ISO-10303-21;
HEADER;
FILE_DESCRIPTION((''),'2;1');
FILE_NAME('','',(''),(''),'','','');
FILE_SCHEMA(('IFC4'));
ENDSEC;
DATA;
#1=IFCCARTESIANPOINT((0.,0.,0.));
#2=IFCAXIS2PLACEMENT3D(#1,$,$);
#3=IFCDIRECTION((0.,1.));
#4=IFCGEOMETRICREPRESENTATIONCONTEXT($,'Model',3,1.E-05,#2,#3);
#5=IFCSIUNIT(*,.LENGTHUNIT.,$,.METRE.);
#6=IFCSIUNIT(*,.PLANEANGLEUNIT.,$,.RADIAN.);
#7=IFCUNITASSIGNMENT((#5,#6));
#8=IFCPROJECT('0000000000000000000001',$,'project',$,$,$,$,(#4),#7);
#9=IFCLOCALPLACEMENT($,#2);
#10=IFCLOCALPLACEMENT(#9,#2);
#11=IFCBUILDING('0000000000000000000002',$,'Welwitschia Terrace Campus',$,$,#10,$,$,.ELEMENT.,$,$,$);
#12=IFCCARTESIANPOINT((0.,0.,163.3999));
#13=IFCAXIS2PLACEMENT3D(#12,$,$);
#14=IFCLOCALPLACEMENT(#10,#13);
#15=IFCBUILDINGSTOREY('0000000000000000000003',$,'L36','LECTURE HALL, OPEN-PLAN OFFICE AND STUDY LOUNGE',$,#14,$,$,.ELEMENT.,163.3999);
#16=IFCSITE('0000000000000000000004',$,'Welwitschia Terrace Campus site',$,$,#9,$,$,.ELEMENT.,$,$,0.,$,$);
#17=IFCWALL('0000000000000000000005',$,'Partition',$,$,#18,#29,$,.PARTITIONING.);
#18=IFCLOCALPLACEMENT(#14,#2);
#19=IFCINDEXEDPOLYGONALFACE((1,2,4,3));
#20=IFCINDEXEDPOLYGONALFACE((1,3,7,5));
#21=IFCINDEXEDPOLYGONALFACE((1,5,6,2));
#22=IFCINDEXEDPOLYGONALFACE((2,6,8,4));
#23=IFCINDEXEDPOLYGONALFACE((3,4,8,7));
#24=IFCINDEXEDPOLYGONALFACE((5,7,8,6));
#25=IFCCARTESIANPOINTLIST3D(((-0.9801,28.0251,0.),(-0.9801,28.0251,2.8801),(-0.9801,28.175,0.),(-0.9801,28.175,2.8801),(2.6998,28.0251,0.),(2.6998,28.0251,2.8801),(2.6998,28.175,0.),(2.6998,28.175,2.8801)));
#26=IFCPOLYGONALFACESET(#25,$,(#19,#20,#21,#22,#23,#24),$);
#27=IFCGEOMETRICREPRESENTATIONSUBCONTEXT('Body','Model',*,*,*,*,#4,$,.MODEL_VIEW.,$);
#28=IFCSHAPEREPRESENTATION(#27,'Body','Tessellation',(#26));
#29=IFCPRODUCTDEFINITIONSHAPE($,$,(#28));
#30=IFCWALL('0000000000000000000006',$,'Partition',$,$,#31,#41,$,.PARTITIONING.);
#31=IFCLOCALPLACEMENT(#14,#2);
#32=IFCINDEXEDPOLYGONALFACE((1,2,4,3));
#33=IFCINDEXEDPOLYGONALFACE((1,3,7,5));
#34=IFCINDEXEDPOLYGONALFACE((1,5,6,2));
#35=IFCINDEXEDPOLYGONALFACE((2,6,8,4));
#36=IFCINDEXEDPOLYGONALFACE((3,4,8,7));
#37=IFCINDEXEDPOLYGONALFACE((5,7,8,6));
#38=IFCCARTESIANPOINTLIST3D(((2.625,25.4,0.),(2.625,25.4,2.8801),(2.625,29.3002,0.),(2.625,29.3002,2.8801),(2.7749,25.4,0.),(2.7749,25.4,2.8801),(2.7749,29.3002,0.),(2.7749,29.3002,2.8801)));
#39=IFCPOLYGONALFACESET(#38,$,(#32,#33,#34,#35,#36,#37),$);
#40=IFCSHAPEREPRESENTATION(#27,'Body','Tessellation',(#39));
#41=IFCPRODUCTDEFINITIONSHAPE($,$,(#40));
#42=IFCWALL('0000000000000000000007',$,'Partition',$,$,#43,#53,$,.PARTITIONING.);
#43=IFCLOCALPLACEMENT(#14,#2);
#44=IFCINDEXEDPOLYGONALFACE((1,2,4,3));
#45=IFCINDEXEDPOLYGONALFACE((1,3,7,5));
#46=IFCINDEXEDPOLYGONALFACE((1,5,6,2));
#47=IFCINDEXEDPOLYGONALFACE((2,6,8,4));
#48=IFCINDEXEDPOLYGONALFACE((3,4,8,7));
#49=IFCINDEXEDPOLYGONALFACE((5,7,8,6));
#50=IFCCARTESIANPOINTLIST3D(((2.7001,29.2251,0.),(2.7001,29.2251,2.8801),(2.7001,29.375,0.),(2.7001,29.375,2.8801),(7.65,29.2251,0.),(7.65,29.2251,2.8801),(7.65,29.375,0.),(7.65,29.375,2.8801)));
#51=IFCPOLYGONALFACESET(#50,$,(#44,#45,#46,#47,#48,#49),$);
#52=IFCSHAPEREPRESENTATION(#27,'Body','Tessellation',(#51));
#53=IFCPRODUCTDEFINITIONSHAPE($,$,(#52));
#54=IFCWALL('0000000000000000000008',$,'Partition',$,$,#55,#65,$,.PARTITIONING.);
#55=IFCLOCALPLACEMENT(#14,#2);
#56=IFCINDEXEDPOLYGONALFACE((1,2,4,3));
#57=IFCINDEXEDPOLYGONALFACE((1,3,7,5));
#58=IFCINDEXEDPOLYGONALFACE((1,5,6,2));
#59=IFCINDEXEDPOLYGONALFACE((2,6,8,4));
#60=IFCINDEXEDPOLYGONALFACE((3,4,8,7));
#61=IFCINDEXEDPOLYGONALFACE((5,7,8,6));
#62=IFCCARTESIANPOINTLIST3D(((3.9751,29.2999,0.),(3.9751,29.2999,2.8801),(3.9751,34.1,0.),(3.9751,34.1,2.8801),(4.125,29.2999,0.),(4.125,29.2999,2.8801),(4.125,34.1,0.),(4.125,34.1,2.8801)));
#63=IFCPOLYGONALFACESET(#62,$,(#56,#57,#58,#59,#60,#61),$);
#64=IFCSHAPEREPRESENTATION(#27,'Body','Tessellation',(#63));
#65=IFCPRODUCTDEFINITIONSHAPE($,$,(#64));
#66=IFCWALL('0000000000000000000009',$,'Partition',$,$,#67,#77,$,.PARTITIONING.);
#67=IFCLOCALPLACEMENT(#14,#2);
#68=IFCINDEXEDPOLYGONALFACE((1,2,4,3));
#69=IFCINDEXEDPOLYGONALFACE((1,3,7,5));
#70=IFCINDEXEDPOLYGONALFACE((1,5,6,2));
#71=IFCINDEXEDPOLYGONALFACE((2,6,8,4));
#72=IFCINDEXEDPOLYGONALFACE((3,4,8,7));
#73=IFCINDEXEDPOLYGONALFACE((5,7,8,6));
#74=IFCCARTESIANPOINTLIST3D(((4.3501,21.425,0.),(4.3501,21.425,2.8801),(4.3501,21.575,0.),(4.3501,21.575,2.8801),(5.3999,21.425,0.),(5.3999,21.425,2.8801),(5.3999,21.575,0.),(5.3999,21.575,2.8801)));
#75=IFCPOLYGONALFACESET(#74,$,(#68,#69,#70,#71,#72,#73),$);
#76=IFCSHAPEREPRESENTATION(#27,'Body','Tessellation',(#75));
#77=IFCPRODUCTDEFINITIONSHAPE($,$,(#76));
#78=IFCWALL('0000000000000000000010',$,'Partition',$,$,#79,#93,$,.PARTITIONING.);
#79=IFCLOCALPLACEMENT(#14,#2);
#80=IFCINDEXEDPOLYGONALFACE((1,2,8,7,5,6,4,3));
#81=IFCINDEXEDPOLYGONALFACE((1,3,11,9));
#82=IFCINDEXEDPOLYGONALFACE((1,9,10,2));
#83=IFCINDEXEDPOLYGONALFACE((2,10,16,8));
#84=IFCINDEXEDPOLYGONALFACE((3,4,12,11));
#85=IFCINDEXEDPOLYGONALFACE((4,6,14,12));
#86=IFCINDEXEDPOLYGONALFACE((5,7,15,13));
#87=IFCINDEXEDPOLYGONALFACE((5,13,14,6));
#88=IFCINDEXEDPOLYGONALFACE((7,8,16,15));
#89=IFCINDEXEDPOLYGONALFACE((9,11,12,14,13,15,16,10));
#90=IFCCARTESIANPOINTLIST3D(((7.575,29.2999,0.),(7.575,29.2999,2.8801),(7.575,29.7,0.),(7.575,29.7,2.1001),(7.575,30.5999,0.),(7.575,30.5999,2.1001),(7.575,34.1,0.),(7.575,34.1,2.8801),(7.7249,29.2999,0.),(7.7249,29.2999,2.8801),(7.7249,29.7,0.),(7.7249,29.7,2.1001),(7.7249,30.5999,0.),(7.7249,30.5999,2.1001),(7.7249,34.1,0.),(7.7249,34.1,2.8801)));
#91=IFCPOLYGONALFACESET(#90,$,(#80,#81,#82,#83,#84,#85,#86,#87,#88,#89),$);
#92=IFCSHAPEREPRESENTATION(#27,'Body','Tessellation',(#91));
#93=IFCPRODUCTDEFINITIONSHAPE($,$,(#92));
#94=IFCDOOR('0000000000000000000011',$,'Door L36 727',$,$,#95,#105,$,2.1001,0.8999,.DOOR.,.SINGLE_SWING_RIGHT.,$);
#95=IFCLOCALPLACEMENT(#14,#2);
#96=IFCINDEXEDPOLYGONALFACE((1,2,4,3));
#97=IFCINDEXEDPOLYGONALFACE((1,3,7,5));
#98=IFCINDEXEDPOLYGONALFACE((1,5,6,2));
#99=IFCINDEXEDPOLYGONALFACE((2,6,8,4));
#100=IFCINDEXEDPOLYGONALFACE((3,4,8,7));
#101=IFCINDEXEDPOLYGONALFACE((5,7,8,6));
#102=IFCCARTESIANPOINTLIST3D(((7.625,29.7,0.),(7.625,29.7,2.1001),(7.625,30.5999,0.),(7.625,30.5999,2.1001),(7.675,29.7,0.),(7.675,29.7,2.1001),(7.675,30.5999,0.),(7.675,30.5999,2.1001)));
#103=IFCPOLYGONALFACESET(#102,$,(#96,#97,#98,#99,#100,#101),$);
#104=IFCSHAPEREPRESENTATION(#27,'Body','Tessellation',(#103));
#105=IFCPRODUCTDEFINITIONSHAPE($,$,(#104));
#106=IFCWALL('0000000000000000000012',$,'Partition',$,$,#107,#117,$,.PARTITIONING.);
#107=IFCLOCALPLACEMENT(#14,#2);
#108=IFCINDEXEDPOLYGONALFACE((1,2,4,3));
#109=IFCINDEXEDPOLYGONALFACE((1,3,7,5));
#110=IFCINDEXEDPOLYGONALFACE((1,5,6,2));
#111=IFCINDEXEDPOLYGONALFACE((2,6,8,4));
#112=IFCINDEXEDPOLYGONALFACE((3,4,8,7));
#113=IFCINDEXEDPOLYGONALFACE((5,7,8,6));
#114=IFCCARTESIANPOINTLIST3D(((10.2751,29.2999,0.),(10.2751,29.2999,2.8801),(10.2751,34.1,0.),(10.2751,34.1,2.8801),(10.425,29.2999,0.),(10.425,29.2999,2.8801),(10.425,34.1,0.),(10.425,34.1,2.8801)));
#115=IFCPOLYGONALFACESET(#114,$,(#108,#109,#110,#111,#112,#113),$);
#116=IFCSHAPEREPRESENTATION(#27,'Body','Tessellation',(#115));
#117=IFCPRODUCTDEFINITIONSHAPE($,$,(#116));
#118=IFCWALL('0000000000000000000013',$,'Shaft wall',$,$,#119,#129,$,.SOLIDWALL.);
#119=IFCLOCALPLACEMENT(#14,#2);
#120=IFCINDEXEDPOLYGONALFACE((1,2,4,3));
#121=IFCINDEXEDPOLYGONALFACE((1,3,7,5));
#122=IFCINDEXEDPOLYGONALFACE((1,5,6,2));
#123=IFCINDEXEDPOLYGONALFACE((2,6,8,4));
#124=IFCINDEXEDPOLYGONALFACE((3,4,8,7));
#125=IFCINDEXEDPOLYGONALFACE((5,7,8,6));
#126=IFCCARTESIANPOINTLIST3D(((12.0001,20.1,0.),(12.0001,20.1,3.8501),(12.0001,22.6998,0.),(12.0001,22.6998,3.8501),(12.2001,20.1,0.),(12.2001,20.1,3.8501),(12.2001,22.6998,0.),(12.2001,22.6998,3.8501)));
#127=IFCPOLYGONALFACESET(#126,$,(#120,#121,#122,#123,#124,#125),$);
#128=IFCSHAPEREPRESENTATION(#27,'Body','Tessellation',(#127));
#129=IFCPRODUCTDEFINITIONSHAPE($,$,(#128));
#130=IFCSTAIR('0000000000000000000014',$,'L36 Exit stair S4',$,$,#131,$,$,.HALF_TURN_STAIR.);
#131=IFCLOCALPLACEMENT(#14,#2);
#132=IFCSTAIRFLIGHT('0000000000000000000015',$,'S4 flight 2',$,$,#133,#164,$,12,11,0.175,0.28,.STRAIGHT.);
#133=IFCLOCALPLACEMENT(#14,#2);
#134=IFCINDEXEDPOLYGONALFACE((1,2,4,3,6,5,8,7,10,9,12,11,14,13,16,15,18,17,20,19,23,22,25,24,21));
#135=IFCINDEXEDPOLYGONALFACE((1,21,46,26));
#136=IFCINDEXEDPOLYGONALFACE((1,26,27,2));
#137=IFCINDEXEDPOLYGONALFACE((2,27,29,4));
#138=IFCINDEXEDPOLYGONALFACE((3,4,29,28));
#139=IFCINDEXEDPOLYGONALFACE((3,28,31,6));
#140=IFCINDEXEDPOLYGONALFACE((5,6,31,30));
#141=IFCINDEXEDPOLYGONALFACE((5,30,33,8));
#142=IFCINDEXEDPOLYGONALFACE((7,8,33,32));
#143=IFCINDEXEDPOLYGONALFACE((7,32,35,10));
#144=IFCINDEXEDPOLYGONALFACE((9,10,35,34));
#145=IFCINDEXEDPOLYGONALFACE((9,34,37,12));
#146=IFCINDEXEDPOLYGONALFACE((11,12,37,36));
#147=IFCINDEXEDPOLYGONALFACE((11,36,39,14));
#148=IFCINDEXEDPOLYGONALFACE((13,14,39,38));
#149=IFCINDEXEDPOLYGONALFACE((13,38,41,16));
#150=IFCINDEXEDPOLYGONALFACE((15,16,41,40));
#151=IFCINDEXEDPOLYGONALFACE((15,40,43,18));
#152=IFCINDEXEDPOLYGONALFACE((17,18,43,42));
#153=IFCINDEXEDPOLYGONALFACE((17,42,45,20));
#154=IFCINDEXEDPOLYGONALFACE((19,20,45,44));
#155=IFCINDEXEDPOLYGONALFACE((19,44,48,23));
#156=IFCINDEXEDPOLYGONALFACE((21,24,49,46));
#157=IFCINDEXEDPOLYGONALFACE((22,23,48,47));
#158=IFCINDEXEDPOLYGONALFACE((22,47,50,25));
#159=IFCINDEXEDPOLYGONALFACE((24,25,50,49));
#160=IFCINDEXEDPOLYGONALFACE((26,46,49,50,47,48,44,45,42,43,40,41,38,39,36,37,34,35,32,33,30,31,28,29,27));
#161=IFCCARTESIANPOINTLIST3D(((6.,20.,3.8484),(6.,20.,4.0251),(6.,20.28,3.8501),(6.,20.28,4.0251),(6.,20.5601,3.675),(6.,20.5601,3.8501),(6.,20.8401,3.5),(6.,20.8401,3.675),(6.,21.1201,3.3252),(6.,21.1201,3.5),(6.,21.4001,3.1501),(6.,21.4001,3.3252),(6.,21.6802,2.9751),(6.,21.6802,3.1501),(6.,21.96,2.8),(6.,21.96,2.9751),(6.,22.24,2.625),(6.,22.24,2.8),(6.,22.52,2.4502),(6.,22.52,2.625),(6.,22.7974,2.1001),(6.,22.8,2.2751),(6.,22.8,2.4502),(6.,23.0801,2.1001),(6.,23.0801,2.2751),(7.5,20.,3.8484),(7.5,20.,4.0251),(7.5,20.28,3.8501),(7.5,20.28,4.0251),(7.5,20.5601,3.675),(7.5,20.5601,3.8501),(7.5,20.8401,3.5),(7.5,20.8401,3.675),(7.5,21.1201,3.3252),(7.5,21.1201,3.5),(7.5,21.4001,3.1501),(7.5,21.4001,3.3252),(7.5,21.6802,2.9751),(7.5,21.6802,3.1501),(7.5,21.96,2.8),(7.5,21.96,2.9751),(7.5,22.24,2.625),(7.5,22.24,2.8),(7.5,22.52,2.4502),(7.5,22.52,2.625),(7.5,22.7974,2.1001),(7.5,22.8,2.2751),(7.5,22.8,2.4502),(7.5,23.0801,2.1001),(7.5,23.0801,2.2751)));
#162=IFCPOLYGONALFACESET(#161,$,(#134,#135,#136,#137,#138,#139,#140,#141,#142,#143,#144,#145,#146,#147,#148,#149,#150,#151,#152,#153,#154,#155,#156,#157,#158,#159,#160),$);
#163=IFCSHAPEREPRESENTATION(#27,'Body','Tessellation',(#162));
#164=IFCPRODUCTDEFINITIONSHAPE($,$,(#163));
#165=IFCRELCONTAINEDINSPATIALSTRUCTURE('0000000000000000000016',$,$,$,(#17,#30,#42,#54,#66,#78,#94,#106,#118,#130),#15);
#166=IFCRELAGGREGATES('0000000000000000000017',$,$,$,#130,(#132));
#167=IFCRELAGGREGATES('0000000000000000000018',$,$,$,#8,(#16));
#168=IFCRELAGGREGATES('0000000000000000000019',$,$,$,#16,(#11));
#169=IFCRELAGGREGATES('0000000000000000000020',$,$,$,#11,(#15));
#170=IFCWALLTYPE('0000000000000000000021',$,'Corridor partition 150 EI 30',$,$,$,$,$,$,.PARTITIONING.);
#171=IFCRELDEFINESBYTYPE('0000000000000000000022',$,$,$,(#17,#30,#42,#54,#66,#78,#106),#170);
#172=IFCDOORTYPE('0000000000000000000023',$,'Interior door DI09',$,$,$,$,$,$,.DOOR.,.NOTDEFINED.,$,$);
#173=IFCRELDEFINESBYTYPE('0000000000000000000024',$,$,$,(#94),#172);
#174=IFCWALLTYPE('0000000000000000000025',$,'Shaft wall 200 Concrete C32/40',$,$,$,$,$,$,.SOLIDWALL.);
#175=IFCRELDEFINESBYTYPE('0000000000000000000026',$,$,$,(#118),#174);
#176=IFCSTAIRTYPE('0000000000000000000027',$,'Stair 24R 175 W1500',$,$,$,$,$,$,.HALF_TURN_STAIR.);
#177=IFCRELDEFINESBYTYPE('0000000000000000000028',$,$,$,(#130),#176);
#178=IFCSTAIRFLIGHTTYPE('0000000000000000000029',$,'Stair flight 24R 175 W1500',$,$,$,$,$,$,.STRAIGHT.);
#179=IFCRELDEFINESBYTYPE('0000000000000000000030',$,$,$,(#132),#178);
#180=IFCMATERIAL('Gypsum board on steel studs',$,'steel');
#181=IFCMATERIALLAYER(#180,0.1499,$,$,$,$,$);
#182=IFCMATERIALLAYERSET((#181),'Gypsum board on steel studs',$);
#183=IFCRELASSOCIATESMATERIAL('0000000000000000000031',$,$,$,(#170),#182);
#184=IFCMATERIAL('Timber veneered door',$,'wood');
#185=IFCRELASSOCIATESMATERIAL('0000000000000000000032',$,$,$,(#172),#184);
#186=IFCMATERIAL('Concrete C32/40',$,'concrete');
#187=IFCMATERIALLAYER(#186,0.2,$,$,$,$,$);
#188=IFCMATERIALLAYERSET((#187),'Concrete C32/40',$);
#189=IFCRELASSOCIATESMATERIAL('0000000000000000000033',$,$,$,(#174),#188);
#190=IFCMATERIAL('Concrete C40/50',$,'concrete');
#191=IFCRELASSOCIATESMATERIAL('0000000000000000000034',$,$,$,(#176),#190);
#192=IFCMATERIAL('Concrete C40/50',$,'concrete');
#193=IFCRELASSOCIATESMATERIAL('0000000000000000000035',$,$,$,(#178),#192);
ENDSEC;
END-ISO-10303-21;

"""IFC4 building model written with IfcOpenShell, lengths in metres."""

from ifc_helpers import new_model, si_unit, direction, frame, frame_2d, origin, place, context, subcontext, project, spatial, polyline, rectangle, outline, extrude, material, layer, layer_set, type_object, element, fill, aggregate, save


model = new_model("IFC4")

# Units and contexts
model_context = context("Model", 3, precision=1e-05, world=origin(), true_north=direction((0.0, 1.0)))
body_context = subcontext(model_context, "Body", "Model", "MODEL_VIEW")
ifc_project = project(units=[si_unit("LENGTHUNIT", "METRE"), si_unit("PLANEANGLEUNIT", "RADIAN")], contexts=[model_context])

# Site, building, storey
site_placement = place(None, origin())
site = spatial("IfcSite", under=ifc_project, at=site_placement, Name="Welwitschia Terrace Campus site", CompositionType="ELEMENT", RefElevation=0.0)
building_placement = place(site_placement, origin())
building = spatial("IfcBuilding", under=site, at=building_placement, Name="Welwitschia Terrace Campus", CompositionType="ELEMENT")
storey_placement = place(building_placement, frame((0.0, 0.0, 163.3999)))
storey = spatial("IfcBuildingStorey", under=building, at=storey_placement, Name="L36", Description="LECTURE HALL, OPEN-PLAN OFFICE AND STUDY LOUNGE", CompositionType="ELEMENT", Elevation=163.3999)

# Walls
ifc_material_1 = material(Name="Gypsum board on steel studs", Category="steel")
ifc_layer_1 = layer(ifc_material_1, 0.1499)
ifc_layer_set_1 = layer_set([ifc_layer_1], Name="Gypsum board on steel studs")
wall_type_1 = type_object("IfcWallType", Name="Corridor partition 150 EI 30", PredefinedType="PARTITIONING", material=ifc_layer_set_1)
wall_1_placement = place(storey_placement, frame((-0.98, 28.1001, 0.0), z_axis=(0.0, 0.0, 1.0), x_axis=(1.0, 0.0, 0.0)))
element("IfcWall", 1, at=wall_1_placement, inside=storey, type_object=wall_type_1, Name="Partition", PredefinedType="PARTITIONING", context=body_context, shape_type="SweptSolid", body=[
    extrude(rectangle(XDim=3.6799, YDim=0.1499, at=frame_2d((1.8398, 0.0))), origin(), (0.0, 0.0, 1.0), 2.8801),
])
wall_2_placement = place(storey_placement, frame((2.7, 25.3999, 0.0), z_axis=(0.0, 0.0, 1.0), x_axis=(0.0, 1.0, 0.0)))
element("IfcWall", 2, at=wall_2_placement, inside=storey, type_object=wall_type_1, Name="Partition", PredefinedType="PARTITIONING", context=body_context, shape_type="SweptSolid", body=[
    extrude(rectangle(XDim=3.9001, YDim=0.1499, at=frame_2d((1.9502, 0.0))), origin(), (0.0, 0.0, 1.0), 2.8801),
])
wall_3_placement = place(storey_placement, frame((2.7, 29.3, 0.0), z_axis=(0.0, 0.0, 1.0), x_axis=(1.0, 0.0, 0.0)))
element("IfcWall", 3, at=wall_3_placement, inside=storey, type_object=wall_type_1, Name="Partition", PredefinedType="PARTITIONING", context=body_context, shape_type="SweptSolid", body=[
    extrude(rectangle(XDim=4.95, YDim=0.1499, at=frame_2d((2.4751, 0.0))), origin(), (0.0, 0.0, 1.0), 2.8801),
])
wall_4_placement = place(storey_placement, frame((4.05, 29.3, 0.0), z_axis=(0.0, 0.0, 1.0), x_axis=(0.0, 1.0, 0.0)))
element("IfcWall", 4, at=wall_4_placement, inside=storey, type_object=wall_type_1, Name="Partition", PredefinedType="PARTITIONING", context=body_context, shape_type="SweptSolid", body=[
    extrude(rectangle(XDim=4.8, YDim=0.1499, at=frame_2d((2.3999, 0.0))), origin(), (0.0, 0.0, 1.0), 2.8801),
])
wall_5_placement = place(storey_placement, frame((4.3501, 21.5, 0.0), z_axis=(0.0, 0.0, 1.0), x_axis=(1.0, 0.0, 0.0)))
element("IfcWall", 5, at=wall_5_placement, inside=storey, type_object=wall_type_1, Name="Partition", PredefinedType="PARTITIONING", context=body_context, shape_type="SweptSolid", body=[
    extrude(rectangle(XDim=1.0498, YDim=0.1499, at=frame_2d((0.5249, 0.0))), origin(), (0.0, 0.0, 1.0), 2.8801),
])

# Wall, opening, door
wall_6_placement = place(storey_placement, frame((7.6499, 29.3, 0.0), z_axis=(0.0, 0.0, 1.0), x_axis=(0.0, 1.0, 0.0)))
wall_6 = element("IfcWall", 6, at=wall_6_placement, inside=storey, type_object=wall_type_1, Name="Partition", PredefinedType="PARTITIONING", context=body_context, shape_type="SweptSolid", body=[
    extrude(rectangle(XDim=4.8, YDim=0.1499, at=frame_2d((2.3999, 0.0))), origin(), (0.0, 0.0, 1.0), 2.8801),
])
opening_placement = place(wall_6_placement, frame((0.3999, 0.0, 0.0)))
opening = element("IfcOpeningElement", 7, at=opening_placement, cuts=wall_6, PredefinedType="OPENING", context=body_context, shape_type="SweptSolid", body=[
    extrude(rectangle(XDim=0.8999, YDim=2.1001, at=frame_2d((0.45, 1.05))), frame((0.0, 0.085, 0.0), z_axis=(0.0, -1.0, 0.0), x_axis=(1.0, 0.0, 0.0)), (0.0, 0.0, 1.0), 0.1699),
])
ifc_material_2 = material(Name="Timber veneered door", Category="wood")
door_type = type_object("IfcDoorType", Name="Interior door DI09", OperationType="NOTDEFINED", PredefinedType="DOOR", material=ifc_material_2)
door_placement = place(opening_placement, origin())
door = element("IfcDoor", 8, at=door_placement, inside=storey, type_object=door_type, Name="Door L36 727", OperationType="SINGLE_SWING_RIGHT", OverallHeight=2.1001, OverallWidth=0.8999, PredefinedType="DOOR", context=body_context, shape_type="SweptSolid", body=[
    extrude(rectangle(XDim=0.8999, YDim=2.1001, at=frame_2d((0.45, 1.05))), frame((0.0, 0.0249, 0.0), z_axis=(0.0, -1.0, 0.0), x_axis=(1.0, 0.0, 0.0)), (0.0, 0.0, 1.0), 0.05),
])
fill(opening, door)

# Walls
wall_7_placement = place(storey_placement, frame((10.3501, 29.3, 0.0), z_axis=(0.0, 0.0, 1.0), x_axis=(0.0, 1.0, 0.0)))
element("IfcWall", 9, at=wall_7_placement, inside=storey, type_object=wall_type_1, Name="Partition", PredefinedType="PARTITIONING", context=body_context, shape_type="SweptSolid", body=[
    extrude(rectangle(XDim=4.8, YDim=0.1499, at=frame_2d((2.3999, 0.0))), origin(), (0.0, 0.0, 1.0), 2.8801),
])
ifc_material_3 = material(Name="Concrete C32/40", Category="concrete")
ifc_layer_2 = layer(ifc_material_3, 0.2)
ifc_layer_set_2 = layer_set([ifc_layer_2], Name="Concrete C32/40")
wall_type_2 = type_object("IfcWallType", Name="Shaft wall 200 Concrete C32/40", PredefinedType="SOLIDWALL", material=ifc_layer_set_2)
wall_8_placement = place(storey_placement, frame((12.1001, 20.1001, 0.0), z_axis=(0.0, 0.0, 1.0), x_axis=(0.0, 1.0, 0.0)))
element("IfcWall", 10, at=wall_8_placement, inside=storey, type_object=wall_type_2, Name="Shaft wall", PredefinedType="SOLIDWALL", context=body_context, shape_type="SweptSolid", body=[
    extrude(rectangle(XDim=2.5999, YDim=0.2, at=frame_2d((1.2998, 0.0))), origin(), (0.0, 0.0, 1.0), 3.8501),
])

# Stair, stair flight
ifc_material_4 = material(Name="Concrete C40/50", Category="concrete")
stair_type = type_object("IfcStairType", Name="Stair 24R 175 W1500", PredefinedType="HALF_TURN_STAIR", material=ifc_material_4)
stair_placement = place(storey_placement, origin())
stair = element("IfcStair", 11, at=stair_placement, inside=storey, type_object=stair_type, Name="L36 Exit stair S4", PredefinedType="HALF_TURN_STAIR")
ifc_material_5 = material(Name="Concrete C40/50", Category="concrete")
stair_flight_type = type_object("IfcStairFlightType", Name="Stair flight 24R 175 W1500", PredefinedType="STRAIGHT", material=ifc_material_5)
stair_flight_placement = place(storey_placement, frame((6.75, 23.0801, 2.1001), z_axis=(0.0, 0.0, 1.0), x_axis=(0.0, -1.0, 0.0)))
stair_flight = element("IfcStairFlight", 12, at=stair_flight_placement, type_object=stair_flight_type, Name="S4 flight 2", NumberOfRisers=12, NumberOfTreads=11, PredefinedType="STRAIGHT", RiserHeight=0.175, TreadLength=0.28, context=body_context, shape_type="SweptSolid", body=[
    extrude(outline(polyline([(0.0, 0.0), (0.0, 0.175), (0.28, 0.175), (0.28, 0.3501), (0.5601, 0.3501), (0.5601, 0.5249), (0.8401, 0.5249), (0.8401, 0.7), (1.1201, 0.7), (1.1201, 0.875), (1.3999, 0.875), (1.3999, 1.05), (1.6799, 1.05), (1.6799, 1.2251), (1.96, 1.2251), (1.96, 1.3999), (2.24, 1.3999), (2.24, 1.575), (2.52, 1.575), (2.52, 1.75), (2.8, 1.75), (2.8, 1.925), (3.0801, 1.925), (3.0801, 2.1001), (3.0801, 1.7483), (0.2827, 0.0), (0.0, 0.0)])), frame((0.0, 0.75, 0.0), z_axis=(0.0, -1.0, 0.0), x_axis=(1.0, 0.0, 0.0)), (0.0, 0.0, 1.0), 1.5),
])
aggregate(stair, [stair_flight])

save(model, "model.ifc")
